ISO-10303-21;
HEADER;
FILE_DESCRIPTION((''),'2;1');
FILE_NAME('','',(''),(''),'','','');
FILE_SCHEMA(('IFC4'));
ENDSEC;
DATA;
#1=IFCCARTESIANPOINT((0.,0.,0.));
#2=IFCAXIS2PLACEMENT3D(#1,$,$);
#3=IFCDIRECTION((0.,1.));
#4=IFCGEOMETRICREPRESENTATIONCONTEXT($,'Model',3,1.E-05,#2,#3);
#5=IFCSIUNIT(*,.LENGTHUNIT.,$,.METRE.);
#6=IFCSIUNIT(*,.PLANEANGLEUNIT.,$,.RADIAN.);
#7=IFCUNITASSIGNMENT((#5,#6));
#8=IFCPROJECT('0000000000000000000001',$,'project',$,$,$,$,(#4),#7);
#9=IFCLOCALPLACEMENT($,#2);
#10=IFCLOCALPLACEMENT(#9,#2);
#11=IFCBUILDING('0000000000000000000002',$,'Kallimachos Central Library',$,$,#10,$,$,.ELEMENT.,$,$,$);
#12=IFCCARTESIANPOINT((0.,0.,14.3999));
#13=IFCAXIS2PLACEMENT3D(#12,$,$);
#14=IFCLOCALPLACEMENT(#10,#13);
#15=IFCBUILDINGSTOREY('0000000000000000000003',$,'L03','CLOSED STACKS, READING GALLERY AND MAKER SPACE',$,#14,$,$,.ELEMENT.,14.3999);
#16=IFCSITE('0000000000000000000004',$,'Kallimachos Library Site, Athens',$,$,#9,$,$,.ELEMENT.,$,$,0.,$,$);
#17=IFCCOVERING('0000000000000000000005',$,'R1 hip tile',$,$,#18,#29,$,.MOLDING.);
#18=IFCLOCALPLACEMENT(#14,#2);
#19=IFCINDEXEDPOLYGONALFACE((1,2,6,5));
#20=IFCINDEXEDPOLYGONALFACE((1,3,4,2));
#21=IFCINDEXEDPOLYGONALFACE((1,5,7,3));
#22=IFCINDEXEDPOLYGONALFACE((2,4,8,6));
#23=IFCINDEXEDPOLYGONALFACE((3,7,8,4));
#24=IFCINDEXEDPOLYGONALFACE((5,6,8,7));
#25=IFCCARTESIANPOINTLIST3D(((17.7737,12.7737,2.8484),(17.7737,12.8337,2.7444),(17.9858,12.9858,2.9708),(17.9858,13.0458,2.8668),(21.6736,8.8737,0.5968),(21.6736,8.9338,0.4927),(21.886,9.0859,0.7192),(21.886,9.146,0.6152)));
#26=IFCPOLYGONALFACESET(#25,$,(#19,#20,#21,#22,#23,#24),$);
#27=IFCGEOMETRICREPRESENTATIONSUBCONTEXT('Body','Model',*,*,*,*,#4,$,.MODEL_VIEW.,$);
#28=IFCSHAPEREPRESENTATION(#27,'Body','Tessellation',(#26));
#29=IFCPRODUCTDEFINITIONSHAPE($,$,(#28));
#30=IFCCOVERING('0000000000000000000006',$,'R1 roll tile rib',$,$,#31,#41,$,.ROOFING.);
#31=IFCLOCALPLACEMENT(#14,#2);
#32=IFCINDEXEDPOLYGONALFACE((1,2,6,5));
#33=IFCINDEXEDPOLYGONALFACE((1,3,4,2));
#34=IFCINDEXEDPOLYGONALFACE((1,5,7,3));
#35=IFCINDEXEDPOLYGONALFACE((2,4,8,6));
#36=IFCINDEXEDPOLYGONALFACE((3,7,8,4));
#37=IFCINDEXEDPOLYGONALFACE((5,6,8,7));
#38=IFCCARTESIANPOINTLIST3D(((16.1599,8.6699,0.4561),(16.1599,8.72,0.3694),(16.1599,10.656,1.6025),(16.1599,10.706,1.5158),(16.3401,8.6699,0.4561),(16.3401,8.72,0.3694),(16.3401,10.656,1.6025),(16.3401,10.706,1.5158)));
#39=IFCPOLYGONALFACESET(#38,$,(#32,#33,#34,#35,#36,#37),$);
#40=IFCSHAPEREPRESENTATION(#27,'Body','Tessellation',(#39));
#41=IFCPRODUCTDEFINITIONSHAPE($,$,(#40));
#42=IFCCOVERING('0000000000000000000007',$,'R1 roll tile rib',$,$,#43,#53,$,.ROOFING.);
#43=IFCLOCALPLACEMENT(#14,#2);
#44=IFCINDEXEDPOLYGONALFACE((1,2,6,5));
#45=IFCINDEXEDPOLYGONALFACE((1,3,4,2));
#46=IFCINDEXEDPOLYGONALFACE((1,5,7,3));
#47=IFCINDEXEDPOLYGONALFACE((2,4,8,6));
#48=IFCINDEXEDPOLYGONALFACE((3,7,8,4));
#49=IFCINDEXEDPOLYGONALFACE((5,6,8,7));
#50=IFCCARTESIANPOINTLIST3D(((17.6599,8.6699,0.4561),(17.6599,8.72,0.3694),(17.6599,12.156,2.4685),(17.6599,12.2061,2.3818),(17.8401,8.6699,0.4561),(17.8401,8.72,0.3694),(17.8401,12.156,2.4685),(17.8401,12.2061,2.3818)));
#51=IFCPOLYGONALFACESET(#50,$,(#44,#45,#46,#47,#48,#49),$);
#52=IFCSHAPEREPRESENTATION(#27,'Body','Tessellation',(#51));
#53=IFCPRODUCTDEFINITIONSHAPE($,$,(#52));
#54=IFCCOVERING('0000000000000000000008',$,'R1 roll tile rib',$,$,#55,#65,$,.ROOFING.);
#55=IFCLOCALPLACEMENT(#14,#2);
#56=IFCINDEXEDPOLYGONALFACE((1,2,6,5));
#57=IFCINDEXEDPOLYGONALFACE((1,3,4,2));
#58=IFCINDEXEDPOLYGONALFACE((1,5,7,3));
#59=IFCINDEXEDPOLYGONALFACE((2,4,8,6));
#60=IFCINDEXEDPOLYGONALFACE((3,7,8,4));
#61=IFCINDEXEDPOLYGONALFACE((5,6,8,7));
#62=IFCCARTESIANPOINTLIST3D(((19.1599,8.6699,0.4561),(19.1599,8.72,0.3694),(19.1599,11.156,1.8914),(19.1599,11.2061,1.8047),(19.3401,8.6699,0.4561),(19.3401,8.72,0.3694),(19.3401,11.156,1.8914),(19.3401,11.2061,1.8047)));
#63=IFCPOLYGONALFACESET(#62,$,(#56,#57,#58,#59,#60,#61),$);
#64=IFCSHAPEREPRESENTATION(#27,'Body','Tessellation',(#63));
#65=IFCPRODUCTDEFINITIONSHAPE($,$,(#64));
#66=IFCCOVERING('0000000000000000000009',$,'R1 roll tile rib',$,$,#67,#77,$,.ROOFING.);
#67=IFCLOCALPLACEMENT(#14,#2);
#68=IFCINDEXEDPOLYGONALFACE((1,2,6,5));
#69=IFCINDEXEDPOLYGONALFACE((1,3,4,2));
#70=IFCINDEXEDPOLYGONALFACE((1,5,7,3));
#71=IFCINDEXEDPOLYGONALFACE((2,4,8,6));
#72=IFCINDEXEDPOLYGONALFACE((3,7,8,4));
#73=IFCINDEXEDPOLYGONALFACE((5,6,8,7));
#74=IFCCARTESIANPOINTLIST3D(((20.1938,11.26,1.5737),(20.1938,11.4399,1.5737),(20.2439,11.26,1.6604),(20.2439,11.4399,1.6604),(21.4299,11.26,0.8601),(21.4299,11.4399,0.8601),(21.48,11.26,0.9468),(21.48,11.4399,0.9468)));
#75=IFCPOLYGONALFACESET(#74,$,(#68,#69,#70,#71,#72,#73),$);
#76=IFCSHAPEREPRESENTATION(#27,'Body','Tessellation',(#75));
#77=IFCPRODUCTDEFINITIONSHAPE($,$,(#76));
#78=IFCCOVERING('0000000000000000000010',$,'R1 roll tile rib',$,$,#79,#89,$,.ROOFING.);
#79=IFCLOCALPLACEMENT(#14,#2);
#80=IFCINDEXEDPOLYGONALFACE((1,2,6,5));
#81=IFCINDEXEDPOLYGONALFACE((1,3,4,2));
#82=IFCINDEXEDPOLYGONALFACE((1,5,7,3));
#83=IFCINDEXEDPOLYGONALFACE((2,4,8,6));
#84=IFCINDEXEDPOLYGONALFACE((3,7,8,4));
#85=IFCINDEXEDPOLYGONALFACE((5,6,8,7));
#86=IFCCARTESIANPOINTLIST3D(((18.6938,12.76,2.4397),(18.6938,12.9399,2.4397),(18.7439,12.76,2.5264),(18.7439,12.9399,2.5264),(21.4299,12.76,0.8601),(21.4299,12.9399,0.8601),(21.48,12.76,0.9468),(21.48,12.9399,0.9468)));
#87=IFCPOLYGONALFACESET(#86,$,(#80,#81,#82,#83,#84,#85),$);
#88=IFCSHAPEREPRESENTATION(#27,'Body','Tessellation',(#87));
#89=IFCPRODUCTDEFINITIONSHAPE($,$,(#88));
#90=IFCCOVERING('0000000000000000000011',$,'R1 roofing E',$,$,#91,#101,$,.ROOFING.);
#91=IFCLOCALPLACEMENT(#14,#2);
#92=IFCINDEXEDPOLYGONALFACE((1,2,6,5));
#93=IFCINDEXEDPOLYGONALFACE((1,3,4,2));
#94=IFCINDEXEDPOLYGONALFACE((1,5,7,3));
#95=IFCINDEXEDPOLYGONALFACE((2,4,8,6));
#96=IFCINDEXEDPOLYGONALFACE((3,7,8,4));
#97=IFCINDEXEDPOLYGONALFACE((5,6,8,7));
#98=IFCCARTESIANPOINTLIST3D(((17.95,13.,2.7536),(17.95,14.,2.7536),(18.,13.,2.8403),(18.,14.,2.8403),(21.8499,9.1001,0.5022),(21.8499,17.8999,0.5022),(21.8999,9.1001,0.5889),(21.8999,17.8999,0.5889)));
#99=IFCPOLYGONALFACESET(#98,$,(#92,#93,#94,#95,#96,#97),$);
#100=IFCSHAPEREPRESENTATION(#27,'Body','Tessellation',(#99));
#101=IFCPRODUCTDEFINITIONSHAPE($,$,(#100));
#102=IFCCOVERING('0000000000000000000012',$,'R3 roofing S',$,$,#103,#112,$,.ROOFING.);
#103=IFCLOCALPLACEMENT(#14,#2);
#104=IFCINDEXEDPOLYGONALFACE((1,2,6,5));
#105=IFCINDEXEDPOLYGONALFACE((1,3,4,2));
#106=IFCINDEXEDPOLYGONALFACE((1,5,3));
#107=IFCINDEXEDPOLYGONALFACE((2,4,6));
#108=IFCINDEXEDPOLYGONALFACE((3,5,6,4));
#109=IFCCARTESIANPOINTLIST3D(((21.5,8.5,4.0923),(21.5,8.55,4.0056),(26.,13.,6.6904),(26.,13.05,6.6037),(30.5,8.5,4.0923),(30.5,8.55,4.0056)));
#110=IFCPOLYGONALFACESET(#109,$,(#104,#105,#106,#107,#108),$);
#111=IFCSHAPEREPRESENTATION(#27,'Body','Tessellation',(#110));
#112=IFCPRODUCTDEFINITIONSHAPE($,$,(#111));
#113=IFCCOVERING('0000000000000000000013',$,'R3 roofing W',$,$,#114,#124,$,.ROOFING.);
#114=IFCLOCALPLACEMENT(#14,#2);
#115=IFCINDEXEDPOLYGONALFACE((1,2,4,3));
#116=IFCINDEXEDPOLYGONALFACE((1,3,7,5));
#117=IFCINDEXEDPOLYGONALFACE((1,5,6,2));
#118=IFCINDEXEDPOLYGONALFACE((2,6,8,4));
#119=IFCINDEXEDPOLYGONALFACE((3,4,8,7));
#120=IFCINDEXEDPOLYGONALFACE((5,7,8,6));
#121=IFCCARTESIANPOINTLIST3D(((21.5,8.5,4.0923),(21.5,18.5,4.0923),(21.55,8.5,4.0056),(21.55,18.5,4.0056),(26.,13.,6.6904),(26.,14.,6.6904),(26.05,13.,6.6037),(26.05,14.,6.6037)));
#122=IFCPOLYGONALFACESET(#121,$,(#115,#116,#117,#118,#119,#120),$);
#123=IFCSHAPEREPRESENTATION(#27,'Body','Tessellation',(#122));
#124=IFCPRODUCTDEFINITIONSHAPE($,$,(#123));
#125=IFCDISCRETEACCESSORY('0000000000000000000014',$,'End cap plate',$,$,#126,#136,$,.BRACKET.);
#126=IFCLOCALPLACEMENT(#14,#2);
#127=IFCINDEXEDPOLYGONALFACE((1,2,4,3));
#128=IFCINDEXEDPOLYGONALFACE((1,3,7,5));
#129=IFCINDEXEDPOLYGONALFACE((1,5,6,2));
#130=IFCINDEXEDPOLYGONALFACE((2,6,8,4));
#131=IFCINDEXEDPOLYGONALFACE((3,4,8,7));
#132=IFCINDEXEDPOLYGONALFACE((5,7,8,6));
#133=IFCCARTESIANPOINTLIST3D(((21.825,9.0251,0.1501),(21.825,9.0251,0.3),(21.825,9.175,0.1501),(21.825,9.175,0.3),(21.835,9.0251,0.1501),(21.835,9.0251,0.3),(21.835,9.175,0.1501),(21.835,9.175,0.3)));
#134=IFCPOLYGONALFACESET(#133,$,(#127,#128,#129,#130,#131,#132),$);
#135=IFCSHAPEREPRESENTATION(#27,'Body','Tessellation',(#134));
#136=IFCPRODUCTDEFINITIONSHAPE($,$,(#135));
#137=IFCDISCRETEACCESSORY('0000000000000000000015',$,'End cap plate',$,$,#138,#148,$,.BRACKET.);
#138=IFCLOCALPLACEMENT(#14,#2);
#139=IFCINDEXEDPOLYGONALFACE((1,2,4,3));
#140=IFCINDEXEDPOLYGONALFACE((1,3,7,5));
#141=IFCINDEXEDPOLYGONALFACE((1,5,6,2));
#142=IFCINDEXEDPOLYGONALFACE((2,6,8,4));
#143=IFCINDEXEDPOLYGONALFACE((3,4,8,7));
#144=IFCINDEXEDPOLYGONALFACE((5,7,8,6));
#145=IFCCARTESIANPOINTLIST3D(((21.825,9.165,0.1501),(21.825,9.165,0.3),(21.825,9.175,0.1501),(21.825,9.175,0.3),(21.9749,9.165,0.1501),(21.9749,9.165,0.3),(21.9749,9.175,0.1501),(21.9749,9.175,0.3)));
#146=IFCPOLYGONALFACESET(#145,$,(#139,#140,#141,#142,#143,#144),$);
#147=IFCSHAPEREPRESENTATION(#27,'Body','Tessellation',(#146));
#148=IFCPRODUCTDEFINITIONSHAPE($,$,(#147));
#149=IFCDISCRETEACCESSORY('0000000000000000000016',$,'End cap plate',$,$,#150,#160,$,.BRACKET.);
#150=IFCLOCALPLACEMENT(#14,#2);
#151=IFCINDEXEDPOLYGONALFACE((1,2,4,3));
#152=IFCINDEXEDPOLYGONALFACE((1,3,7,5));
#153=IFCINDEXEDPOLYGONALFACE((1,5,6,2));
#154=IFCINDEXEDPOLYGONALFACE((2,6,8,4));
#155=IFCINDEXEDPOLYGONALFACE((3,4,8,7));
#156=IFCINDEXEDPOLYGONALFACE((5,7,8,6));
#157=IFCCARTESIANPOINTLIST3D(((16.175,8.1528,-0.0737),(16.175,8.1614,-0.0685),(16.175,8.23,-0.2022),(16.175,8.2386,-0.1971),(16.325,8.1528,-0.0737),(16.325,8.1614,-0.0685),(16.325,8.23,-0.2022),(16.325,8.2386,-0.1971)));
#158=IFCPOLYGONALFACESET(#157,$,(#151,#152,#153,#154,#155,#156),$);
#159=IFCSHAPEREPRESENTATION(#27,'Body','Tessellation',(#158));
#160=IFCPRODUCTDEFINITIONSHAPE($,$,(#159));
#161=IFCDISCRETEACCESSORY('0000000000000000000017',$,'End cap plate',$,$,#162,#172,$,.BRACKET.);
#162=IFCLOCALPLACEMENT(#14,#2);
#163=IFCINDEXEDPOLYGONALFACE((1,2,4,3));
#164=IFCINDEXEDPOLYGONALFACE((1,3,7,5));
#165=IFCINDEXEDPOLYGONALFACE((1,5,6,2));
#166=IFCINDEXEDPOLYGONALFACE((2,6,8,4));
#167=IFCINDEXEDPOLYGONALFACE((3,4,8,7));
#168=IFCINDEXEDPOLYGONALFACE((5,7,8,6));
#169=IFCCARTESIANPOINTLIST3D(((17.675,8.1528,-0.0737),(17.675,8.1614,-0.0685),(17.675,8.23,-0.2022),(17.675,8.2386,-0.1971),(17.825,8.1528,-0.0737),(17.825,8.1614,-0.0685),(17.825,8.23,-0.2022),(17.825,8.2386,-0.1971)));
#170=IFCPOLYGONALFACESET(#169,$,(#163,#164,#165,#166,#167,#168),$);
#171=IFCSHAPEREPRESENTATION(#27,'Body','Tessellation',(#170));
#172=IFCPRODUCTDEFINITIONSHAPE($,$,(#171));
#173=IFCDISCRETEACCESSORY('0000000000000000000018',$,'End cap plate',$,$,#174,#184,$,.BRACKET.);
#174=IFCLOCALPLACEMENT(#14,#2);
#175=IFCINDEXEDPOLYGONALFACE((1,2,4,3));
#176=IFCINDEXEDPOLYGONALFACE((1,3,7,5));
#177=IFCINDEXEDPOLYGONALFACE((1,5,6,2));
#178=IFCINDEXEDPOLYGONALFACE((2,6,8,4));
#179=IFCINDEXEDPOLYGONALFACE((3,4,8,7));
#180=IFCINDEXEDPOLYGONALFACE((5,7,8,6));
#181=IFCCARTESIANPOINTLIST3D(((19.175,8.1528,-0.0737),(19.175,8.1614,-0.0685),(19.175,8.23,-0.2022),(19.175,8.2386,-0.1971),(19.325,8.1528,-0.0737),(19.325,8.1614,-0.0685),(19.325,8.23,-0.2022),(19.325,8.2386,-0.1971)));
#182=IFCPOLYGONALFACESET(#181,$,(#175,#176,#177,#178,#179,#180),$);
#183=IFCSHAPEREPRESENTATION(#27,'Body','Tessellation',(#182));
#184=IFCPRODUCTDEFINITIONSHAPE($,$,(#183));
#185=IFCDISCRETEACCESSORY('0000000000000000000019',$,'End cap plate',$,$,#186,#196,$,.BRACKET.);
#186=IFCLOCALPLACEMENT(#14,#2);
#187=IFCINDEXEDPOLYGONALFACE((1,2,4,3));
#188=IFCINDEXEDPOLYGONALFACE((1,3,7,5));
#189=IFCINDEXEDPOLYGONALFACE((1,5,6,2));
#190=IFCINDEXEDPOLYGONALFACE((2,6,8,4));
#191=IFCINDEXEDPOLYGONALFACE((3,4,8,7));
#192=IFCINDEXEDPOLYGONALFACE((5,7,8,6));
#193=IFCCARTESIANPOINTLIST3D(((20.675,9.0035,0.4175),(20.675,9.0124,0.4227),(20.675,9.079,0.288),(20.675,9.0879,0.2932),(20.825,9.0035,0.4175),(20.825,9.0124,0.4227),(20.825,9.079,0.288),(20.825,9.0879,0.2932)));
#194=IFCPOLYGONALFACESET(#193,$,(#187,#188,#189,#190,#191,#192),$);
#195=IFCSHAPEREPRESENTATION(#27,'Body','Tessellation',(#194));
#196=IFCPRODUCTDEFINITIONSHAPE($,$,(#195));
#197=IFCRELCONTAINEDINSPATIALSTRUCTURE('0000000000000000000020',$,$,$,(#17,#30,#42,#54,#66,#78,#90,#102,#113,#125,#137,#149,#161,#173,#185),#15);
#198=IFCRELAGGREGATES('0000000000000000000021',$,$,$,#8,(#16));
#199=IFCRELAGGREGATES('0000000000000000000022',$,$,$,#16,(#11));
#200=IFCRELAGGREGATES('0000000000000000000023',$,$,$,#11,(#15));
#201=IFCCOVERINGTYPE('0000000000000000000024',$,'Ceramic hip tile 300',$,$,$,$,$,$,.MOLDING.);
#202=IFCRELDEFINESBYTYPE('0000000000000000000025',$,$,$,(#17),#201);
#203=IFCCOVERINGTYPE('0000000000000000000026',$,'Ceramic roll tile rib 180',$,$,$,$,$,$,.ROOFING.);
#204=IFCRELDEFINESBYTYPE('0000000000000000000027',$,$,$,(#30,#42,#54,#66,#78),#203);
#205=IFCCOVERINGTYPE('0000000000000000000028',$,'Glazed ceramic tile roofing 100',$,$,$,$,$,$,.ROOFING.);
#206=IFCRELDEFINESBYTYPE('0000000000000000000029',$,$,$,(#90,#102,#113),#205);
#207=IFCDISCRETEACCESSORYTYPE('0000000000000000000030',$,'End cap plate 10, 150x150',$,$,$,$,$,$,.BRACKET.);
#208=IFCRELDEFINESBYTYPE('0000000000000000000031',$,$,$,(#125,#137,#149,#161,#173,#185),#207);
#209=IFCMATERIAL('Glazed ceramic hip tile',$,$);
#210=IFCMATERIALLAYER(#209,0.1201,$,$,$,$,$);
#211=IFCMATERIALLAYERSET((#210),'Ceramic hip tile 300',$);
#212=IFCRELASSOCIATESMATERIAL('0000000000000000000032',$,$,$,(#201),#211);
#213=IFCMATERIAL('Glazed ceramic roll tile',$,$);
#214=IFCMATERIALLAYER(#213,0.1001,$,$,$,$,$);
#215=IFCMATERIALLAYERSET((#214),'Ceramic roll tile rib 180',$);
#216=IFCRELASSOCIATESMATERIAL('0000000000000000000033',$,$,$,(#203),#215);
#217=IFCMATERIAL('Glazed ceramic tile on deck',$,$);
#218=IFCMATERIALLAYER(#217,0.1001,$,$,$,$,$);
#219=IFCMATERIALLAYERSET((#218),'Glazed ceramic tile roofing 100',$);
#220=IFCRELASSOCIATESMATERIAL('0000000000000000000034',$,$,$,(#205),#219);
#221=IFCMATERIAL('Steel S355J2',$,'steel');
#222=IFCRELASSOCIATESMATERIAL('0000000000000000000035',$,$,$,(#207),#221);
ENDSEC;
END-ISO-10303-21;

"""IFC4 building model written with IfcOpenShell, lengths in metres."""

from ifc_helpers import new_model, si_unit, direction, frame, origin, origin_2d, place, context, subcontext, project, spatial, polyline, rectangle, outline, extrude, material, layer, layer_set, material_profile, profile_set, type_object, element, save


model = new_model("IFC4")

# Units and contexts
model_context = context("Model", 3, precision=1e-05, world=origin(), true_north=direction((0.0, 1.0)))
body_context = subcontext(model_context, "Body", "Model", "MODEL_VIEW")
ifc_project = project(units=[si_unit("LENGTHUNIT", "METRE"), si_unit("PLANEANGLEUNIT", "RADIAN")], contexts=[model_context])

# Site, building, storey
site_placement = place(None, origin())
site = spatial("IfcSite", under=ifc_project, at=site_placement, Name="Kallimachos Library Site, Athens", CompositionType="ELEMENT", RefElevation=0.0)
building_placement = place(site_placement, origin())
building = spatial("IfcBuilding", under=site, at=building_placement, Name="Kallimachos Central Library", CompositionType="ELEMENT")
storey_placement = place(building_placement, frame((0.0, 0.0, 14.3999)))
storey = spatial("IfcBuildingStorey", under=building, at=storey_placement, Name="L03", Description="CLOSED STACKS, READING GALLERY AND MAKER SPACE", CompositionType="ELEMENT", Elevation=14.3999)

# Coverings
ifc_material_1 = material(Name="Glazed ceramic hip tile")
ifc_layer_1 = layer(ifc_material_1, 0.1201)
ifc_layer_set_1 = layer_set([ifc_layer_1], Name="Ceramic hip tile 300")
covering_type_1 = type_object("IfcCoveringType", Name="Ceramic hip tile 300", PredefinedType="MOLDING", material=ifc_layer_set_1)
covering_1_placement = place(storey_placement, frame((21.886, 9.0859, 0.7192), z_axis=(0.000106, -0.499917, 0.866073), x_axis=(-0.655031, -0.654441, -0.377678)))
element("IfcCovering", 1, at=covering_1_placement, inside=storey, type_object=covering_type_1, Name="R1 hip tile", PredefinedType="MOLDING", context=body_context, shape_type="SweptSolid", body=[
    extrude(outline(polyline([(0.0, 0.0), (0.3243, 0.0), (-0.5239, -5.8966), (-0.8479, -5.8967), (0.0, 0.0)])), origin(), (0.0, 0.0, -1.0), 0.1201),
])
ifc_material_2 = material(Name="Glazed ceramic roll tile")
ifc_layer_2 = layer(ifc_material_2, 0.1001)
ifc_layer_set_2 = layer_set([ifc_layer_2], Name="Ceramic roll tile rib 180")
covering_type_2 = type_object("IfcCoveringType", Name="Ceramic roll tile rib 180", PredefinedType="ROOFING", material=ifc_layer_set_2)
covering_2_placement = place(storey_placement, frame((16.1599, 8.6699, 0.4561), z_axis=(0.0, -0.499941, 0.86606), x_axis=(0.0, 0.86606, 0.499941)))
element("IfcCovering", 2, at=covering_2_placement, inside=storey, type_object=covering_type_2, Name="R1 roll tile rib", PredefinedType="ROOFING", context=body_context, shape_type="SweptSolid", body=[
    extrude(outline(polyline([(0.0, 0.0), (2.2932, 0.0), (2.2932, -0.1802), (0.0, -0.1802), (0.0, 0.0)])), origin(), (0.0, 0.0, -1.0), 0.1001),
])
covering_3_placement = place(storey_placement, frame((17.6599, 8.6699, 0.4561), z_axis=(0.0, -0.499955, 0.866051), x_axis=(0.0, 0.866051, 0.499955)))
element("IfcCovering", 3, at=covering_3_placement, inside=storey, type_object=covering_type_2, Name="R1 roll tile rib", PredefinedType="ROOFING", context=body_context, shape_type="SweptSolid", body=[
    extrude(outline(polyline([(0.0, 0.0), (4.0253, 0.0), (4.0253, -0.1802), (0.0, -0.1802), (0.0, 0.0)])), origin(), (0.0, 0.0, -1.0), 0.1001),
])
covering_4_placement = place(storey_placement, frame((19.1599, 8.6699, 0.4561), z_axis=(0.0, -0.49999, 0.866031), x_axis=(0.0, 0.866031, 0.49999)))
element("IfcCovering", 4, at=covering_4_placement, inside=storey, type_object=covering_type_2, Name="R1 roll tile rib", PredefinedType="ROOFING", context=body_context, shape_type="SweptSolid", body=[
    extrude(outline(polyline([(0.0, 0.0), (2.8707, 0.0), (2.8707, -0.1802), (0.0, -0.1802), (0.0, 0.0)])), origin(), (0.0, 0.0, -1.0), 0.1001),
])
covering_5_placement = place(storey_placement, frame((20.2439, 11.26, 1.6604), z_axis=(0.499984, 0.0, 0.866035), x_axis=(0.866035, 0.0, -0.499984)))
element("IfcCovering", 5, at=covering_5_placement, inside=storey, type_object=covering_type_2, Name="R1 roll tile rib", PredefinedType="ROOFING", context=body_context, shape_type="SweptSolid", body=[
    extrude(outline(polyline([(0.0, 0.0), (1.4273, 0.0), (1.4273, 0.1799), (0.0, 0.1799), (0.0, 0.0)])), origin(), (0.0, 0.0, -1.0), 0.1001),
])
covering_6_placement = place(storey_placement, frame((18.7439, 12.76, 2.5264), z_axis=(0.499979, 0.0, 0.866038), x_axis=(0.866038, 0.0, -0.499979)))
element("IfcCovering", 6, at=covering_6_placement, inside=storey, type_object=covering_type_2, Name="R1 roll tile rib", PredefinedType="ROOFING", context=body_context, shape_type="SweptSolid", body=[
    extrude(outline(polyline([(0.0, 0.0), (3.1593, 0.0), (3.1593, 0.1799), (0.0, 0.1799), (0.0, 0.0)])), origin(), (0.0, 0.0, -1.0), 0.1001),
])
ifc_material_3 = material(Name="Glazed ceramic tile on deck")
ifc_layer_3 = layer(ifc_material_3, 0.1001)
ifc_layer_set_3 = layer_set([ifc_layer_3], Name="Glazed ceramic tile roofing 100")
covering_type_3 = type_object("IfcCoveringType", Name="Glazed ceramic tile roofing 100", PredefinedType="ROOFING", material=ifc_layer_set_3)
covering_7_placement = place(storey_placement, frame((21.8999, 9.1001, 0.5889), z_axis=(0.499976, 0.0, 0.866039), x_axis=(0.0, 1.0, 0.0)))
element("IfcCovering", 7, at=covering_7_placement, inside=storey, type_object=covering_type_3, Name="R1 roofing E", PredefinedType="ROOFING", context=body_context, shape_type="SweptSolid", body=[
    extrude(outline(polyline([(0.0, 0.0), (8.7998, 0.0), (4.8999, 4.5031), (3.8999, 4.5031), (0.0, 0.0)])), origin(), (0.0, 0.0, -1.0), 0.1001),
])
covering_8_placement = place(storey_placement, frame((21.5, 8.5, 4.0923), z_axis=(0.0, -0.50001, 0.86602), x_axis=(1.0, 0.0, 0.0)))
element("IfcCovering", 8, at=covering_8_placement, inside=storey, type_object=covering_type_3, Name="R3 roofing S", PredefinedType="ROOFING", context=body_context, shape_type="SweptSolid", body=[
    extrude(outline(polyline([(0.0, 0.0), (9.0, 0.0), (4.5, 5.1962), (0.0, 0.0)])), origin(), (0.0, 0.0, -1.0), 0.1001),
])
covering_9_placement = place(storey_placement, frame((21.5, 8.5, 4.0923), z_axis=(-0.50001, 0.0, 0.86602), x_axis=(0.654651, 0.654651, 0.377973)))
element("IfcCovering", 9, at=covering_9_placement, inside=storey, type_object=covering_type_3, Name="R3 roofing W", PredefinedType="ROOFING", context=body_context, shape_type="SweptSolid", body=[
    extrude(outline(polyline([(0.0, 0.0), (6.8739, 0.0), (7.5285, 0.7559), (6.5465, 7.5593), (0.0, 0.0)])), origin(), (0.0, 0.0, -1.0), 0.1001),
])

# Discrete accessories
ifc_material_4 = material(Name="Steel S355J2", Category="steel")
ifc_material_profile_1 = material_profile(ifc_material_4, rectangle(XDim=0.1499, YDim=0.1499, at=origin_2d()), Name="End cap plate 10, 150x150")
ifc_profile_set_1 = profile_set([ifc_material_profile_1], Name="Steel S355J2")
discrete_accessory_type = type_object("IfcDiscreteAccessoryType", Name="End cap plate 10, 150x150", PredefinedType="BRACKET", material=ifc_profile_set_1)
for number, where, z_axis, x_axis, name in (
    (10, (21.825, 9.1001, 0.2251), (1.0, 0.0, 0.0), (0.0, 1.0, 0.0), "End cap plate"),
    (11, (21.8999, 9.165, 0.2251), (0.0, 1.0, 0.0), (-1.0, 0.0, 0.0), "End cap plate"),
    (12, (16.25, 8.1914, -0.1379), (0.0, 0.857493, 0.514496), (-1.0, 0.0, 0.0), "End cap plate"),
    (13, (17.75, 8.1914, -0.1379), (0.0, 0.857493, 0.514496), (-1.0, 0.0, 0.0), "End cap plate"),
    (14, (19.25, 8.1914, -0.1379), (0.0, 0.857493, 0.514496), (-1.0, 0.0, 0.0), "End cap plate"),
):
    element("IfcDiscreteAccessory", number, at=place(storey_placement, frame(where, z_axis=z_axis, x_axis=x_axis)), inside=storey, type_object=discrete_accessory_type, Name=name, PredefinedType="BRACKET", context=body_context, shape_type="SweptSolid", body=[
        extrude(rectangle(XDim=0.1499, YDim=0.1499, at=origin_2d()), origin(), (0.0, 0.0, 1.0), 0.01),
    ])
discrete_accessory_1_placement = place(storey_placement, frame((20.75, 9.0413, 0.3528), z_axis=(0.0, 0.863779, 0.503871), x_axis=(-1.0, 0.0, 0.0)))
element("IfcDiscreteAccessory", 15, at=discrete_accessory_1_placement, inside=storey, type_object=discrete_accessory_type, Name="End cap plate", PredefinedType="BRACKET", context=body_context, shape_type="SweptSolid", body=[
    extrude(rectangle(XDim=0.1499, YDim=0.1499, at=origin_2d()), origin(), (0.0, 0.0, 1.0), 0.0103),
])

save(model, "model.ifc")
